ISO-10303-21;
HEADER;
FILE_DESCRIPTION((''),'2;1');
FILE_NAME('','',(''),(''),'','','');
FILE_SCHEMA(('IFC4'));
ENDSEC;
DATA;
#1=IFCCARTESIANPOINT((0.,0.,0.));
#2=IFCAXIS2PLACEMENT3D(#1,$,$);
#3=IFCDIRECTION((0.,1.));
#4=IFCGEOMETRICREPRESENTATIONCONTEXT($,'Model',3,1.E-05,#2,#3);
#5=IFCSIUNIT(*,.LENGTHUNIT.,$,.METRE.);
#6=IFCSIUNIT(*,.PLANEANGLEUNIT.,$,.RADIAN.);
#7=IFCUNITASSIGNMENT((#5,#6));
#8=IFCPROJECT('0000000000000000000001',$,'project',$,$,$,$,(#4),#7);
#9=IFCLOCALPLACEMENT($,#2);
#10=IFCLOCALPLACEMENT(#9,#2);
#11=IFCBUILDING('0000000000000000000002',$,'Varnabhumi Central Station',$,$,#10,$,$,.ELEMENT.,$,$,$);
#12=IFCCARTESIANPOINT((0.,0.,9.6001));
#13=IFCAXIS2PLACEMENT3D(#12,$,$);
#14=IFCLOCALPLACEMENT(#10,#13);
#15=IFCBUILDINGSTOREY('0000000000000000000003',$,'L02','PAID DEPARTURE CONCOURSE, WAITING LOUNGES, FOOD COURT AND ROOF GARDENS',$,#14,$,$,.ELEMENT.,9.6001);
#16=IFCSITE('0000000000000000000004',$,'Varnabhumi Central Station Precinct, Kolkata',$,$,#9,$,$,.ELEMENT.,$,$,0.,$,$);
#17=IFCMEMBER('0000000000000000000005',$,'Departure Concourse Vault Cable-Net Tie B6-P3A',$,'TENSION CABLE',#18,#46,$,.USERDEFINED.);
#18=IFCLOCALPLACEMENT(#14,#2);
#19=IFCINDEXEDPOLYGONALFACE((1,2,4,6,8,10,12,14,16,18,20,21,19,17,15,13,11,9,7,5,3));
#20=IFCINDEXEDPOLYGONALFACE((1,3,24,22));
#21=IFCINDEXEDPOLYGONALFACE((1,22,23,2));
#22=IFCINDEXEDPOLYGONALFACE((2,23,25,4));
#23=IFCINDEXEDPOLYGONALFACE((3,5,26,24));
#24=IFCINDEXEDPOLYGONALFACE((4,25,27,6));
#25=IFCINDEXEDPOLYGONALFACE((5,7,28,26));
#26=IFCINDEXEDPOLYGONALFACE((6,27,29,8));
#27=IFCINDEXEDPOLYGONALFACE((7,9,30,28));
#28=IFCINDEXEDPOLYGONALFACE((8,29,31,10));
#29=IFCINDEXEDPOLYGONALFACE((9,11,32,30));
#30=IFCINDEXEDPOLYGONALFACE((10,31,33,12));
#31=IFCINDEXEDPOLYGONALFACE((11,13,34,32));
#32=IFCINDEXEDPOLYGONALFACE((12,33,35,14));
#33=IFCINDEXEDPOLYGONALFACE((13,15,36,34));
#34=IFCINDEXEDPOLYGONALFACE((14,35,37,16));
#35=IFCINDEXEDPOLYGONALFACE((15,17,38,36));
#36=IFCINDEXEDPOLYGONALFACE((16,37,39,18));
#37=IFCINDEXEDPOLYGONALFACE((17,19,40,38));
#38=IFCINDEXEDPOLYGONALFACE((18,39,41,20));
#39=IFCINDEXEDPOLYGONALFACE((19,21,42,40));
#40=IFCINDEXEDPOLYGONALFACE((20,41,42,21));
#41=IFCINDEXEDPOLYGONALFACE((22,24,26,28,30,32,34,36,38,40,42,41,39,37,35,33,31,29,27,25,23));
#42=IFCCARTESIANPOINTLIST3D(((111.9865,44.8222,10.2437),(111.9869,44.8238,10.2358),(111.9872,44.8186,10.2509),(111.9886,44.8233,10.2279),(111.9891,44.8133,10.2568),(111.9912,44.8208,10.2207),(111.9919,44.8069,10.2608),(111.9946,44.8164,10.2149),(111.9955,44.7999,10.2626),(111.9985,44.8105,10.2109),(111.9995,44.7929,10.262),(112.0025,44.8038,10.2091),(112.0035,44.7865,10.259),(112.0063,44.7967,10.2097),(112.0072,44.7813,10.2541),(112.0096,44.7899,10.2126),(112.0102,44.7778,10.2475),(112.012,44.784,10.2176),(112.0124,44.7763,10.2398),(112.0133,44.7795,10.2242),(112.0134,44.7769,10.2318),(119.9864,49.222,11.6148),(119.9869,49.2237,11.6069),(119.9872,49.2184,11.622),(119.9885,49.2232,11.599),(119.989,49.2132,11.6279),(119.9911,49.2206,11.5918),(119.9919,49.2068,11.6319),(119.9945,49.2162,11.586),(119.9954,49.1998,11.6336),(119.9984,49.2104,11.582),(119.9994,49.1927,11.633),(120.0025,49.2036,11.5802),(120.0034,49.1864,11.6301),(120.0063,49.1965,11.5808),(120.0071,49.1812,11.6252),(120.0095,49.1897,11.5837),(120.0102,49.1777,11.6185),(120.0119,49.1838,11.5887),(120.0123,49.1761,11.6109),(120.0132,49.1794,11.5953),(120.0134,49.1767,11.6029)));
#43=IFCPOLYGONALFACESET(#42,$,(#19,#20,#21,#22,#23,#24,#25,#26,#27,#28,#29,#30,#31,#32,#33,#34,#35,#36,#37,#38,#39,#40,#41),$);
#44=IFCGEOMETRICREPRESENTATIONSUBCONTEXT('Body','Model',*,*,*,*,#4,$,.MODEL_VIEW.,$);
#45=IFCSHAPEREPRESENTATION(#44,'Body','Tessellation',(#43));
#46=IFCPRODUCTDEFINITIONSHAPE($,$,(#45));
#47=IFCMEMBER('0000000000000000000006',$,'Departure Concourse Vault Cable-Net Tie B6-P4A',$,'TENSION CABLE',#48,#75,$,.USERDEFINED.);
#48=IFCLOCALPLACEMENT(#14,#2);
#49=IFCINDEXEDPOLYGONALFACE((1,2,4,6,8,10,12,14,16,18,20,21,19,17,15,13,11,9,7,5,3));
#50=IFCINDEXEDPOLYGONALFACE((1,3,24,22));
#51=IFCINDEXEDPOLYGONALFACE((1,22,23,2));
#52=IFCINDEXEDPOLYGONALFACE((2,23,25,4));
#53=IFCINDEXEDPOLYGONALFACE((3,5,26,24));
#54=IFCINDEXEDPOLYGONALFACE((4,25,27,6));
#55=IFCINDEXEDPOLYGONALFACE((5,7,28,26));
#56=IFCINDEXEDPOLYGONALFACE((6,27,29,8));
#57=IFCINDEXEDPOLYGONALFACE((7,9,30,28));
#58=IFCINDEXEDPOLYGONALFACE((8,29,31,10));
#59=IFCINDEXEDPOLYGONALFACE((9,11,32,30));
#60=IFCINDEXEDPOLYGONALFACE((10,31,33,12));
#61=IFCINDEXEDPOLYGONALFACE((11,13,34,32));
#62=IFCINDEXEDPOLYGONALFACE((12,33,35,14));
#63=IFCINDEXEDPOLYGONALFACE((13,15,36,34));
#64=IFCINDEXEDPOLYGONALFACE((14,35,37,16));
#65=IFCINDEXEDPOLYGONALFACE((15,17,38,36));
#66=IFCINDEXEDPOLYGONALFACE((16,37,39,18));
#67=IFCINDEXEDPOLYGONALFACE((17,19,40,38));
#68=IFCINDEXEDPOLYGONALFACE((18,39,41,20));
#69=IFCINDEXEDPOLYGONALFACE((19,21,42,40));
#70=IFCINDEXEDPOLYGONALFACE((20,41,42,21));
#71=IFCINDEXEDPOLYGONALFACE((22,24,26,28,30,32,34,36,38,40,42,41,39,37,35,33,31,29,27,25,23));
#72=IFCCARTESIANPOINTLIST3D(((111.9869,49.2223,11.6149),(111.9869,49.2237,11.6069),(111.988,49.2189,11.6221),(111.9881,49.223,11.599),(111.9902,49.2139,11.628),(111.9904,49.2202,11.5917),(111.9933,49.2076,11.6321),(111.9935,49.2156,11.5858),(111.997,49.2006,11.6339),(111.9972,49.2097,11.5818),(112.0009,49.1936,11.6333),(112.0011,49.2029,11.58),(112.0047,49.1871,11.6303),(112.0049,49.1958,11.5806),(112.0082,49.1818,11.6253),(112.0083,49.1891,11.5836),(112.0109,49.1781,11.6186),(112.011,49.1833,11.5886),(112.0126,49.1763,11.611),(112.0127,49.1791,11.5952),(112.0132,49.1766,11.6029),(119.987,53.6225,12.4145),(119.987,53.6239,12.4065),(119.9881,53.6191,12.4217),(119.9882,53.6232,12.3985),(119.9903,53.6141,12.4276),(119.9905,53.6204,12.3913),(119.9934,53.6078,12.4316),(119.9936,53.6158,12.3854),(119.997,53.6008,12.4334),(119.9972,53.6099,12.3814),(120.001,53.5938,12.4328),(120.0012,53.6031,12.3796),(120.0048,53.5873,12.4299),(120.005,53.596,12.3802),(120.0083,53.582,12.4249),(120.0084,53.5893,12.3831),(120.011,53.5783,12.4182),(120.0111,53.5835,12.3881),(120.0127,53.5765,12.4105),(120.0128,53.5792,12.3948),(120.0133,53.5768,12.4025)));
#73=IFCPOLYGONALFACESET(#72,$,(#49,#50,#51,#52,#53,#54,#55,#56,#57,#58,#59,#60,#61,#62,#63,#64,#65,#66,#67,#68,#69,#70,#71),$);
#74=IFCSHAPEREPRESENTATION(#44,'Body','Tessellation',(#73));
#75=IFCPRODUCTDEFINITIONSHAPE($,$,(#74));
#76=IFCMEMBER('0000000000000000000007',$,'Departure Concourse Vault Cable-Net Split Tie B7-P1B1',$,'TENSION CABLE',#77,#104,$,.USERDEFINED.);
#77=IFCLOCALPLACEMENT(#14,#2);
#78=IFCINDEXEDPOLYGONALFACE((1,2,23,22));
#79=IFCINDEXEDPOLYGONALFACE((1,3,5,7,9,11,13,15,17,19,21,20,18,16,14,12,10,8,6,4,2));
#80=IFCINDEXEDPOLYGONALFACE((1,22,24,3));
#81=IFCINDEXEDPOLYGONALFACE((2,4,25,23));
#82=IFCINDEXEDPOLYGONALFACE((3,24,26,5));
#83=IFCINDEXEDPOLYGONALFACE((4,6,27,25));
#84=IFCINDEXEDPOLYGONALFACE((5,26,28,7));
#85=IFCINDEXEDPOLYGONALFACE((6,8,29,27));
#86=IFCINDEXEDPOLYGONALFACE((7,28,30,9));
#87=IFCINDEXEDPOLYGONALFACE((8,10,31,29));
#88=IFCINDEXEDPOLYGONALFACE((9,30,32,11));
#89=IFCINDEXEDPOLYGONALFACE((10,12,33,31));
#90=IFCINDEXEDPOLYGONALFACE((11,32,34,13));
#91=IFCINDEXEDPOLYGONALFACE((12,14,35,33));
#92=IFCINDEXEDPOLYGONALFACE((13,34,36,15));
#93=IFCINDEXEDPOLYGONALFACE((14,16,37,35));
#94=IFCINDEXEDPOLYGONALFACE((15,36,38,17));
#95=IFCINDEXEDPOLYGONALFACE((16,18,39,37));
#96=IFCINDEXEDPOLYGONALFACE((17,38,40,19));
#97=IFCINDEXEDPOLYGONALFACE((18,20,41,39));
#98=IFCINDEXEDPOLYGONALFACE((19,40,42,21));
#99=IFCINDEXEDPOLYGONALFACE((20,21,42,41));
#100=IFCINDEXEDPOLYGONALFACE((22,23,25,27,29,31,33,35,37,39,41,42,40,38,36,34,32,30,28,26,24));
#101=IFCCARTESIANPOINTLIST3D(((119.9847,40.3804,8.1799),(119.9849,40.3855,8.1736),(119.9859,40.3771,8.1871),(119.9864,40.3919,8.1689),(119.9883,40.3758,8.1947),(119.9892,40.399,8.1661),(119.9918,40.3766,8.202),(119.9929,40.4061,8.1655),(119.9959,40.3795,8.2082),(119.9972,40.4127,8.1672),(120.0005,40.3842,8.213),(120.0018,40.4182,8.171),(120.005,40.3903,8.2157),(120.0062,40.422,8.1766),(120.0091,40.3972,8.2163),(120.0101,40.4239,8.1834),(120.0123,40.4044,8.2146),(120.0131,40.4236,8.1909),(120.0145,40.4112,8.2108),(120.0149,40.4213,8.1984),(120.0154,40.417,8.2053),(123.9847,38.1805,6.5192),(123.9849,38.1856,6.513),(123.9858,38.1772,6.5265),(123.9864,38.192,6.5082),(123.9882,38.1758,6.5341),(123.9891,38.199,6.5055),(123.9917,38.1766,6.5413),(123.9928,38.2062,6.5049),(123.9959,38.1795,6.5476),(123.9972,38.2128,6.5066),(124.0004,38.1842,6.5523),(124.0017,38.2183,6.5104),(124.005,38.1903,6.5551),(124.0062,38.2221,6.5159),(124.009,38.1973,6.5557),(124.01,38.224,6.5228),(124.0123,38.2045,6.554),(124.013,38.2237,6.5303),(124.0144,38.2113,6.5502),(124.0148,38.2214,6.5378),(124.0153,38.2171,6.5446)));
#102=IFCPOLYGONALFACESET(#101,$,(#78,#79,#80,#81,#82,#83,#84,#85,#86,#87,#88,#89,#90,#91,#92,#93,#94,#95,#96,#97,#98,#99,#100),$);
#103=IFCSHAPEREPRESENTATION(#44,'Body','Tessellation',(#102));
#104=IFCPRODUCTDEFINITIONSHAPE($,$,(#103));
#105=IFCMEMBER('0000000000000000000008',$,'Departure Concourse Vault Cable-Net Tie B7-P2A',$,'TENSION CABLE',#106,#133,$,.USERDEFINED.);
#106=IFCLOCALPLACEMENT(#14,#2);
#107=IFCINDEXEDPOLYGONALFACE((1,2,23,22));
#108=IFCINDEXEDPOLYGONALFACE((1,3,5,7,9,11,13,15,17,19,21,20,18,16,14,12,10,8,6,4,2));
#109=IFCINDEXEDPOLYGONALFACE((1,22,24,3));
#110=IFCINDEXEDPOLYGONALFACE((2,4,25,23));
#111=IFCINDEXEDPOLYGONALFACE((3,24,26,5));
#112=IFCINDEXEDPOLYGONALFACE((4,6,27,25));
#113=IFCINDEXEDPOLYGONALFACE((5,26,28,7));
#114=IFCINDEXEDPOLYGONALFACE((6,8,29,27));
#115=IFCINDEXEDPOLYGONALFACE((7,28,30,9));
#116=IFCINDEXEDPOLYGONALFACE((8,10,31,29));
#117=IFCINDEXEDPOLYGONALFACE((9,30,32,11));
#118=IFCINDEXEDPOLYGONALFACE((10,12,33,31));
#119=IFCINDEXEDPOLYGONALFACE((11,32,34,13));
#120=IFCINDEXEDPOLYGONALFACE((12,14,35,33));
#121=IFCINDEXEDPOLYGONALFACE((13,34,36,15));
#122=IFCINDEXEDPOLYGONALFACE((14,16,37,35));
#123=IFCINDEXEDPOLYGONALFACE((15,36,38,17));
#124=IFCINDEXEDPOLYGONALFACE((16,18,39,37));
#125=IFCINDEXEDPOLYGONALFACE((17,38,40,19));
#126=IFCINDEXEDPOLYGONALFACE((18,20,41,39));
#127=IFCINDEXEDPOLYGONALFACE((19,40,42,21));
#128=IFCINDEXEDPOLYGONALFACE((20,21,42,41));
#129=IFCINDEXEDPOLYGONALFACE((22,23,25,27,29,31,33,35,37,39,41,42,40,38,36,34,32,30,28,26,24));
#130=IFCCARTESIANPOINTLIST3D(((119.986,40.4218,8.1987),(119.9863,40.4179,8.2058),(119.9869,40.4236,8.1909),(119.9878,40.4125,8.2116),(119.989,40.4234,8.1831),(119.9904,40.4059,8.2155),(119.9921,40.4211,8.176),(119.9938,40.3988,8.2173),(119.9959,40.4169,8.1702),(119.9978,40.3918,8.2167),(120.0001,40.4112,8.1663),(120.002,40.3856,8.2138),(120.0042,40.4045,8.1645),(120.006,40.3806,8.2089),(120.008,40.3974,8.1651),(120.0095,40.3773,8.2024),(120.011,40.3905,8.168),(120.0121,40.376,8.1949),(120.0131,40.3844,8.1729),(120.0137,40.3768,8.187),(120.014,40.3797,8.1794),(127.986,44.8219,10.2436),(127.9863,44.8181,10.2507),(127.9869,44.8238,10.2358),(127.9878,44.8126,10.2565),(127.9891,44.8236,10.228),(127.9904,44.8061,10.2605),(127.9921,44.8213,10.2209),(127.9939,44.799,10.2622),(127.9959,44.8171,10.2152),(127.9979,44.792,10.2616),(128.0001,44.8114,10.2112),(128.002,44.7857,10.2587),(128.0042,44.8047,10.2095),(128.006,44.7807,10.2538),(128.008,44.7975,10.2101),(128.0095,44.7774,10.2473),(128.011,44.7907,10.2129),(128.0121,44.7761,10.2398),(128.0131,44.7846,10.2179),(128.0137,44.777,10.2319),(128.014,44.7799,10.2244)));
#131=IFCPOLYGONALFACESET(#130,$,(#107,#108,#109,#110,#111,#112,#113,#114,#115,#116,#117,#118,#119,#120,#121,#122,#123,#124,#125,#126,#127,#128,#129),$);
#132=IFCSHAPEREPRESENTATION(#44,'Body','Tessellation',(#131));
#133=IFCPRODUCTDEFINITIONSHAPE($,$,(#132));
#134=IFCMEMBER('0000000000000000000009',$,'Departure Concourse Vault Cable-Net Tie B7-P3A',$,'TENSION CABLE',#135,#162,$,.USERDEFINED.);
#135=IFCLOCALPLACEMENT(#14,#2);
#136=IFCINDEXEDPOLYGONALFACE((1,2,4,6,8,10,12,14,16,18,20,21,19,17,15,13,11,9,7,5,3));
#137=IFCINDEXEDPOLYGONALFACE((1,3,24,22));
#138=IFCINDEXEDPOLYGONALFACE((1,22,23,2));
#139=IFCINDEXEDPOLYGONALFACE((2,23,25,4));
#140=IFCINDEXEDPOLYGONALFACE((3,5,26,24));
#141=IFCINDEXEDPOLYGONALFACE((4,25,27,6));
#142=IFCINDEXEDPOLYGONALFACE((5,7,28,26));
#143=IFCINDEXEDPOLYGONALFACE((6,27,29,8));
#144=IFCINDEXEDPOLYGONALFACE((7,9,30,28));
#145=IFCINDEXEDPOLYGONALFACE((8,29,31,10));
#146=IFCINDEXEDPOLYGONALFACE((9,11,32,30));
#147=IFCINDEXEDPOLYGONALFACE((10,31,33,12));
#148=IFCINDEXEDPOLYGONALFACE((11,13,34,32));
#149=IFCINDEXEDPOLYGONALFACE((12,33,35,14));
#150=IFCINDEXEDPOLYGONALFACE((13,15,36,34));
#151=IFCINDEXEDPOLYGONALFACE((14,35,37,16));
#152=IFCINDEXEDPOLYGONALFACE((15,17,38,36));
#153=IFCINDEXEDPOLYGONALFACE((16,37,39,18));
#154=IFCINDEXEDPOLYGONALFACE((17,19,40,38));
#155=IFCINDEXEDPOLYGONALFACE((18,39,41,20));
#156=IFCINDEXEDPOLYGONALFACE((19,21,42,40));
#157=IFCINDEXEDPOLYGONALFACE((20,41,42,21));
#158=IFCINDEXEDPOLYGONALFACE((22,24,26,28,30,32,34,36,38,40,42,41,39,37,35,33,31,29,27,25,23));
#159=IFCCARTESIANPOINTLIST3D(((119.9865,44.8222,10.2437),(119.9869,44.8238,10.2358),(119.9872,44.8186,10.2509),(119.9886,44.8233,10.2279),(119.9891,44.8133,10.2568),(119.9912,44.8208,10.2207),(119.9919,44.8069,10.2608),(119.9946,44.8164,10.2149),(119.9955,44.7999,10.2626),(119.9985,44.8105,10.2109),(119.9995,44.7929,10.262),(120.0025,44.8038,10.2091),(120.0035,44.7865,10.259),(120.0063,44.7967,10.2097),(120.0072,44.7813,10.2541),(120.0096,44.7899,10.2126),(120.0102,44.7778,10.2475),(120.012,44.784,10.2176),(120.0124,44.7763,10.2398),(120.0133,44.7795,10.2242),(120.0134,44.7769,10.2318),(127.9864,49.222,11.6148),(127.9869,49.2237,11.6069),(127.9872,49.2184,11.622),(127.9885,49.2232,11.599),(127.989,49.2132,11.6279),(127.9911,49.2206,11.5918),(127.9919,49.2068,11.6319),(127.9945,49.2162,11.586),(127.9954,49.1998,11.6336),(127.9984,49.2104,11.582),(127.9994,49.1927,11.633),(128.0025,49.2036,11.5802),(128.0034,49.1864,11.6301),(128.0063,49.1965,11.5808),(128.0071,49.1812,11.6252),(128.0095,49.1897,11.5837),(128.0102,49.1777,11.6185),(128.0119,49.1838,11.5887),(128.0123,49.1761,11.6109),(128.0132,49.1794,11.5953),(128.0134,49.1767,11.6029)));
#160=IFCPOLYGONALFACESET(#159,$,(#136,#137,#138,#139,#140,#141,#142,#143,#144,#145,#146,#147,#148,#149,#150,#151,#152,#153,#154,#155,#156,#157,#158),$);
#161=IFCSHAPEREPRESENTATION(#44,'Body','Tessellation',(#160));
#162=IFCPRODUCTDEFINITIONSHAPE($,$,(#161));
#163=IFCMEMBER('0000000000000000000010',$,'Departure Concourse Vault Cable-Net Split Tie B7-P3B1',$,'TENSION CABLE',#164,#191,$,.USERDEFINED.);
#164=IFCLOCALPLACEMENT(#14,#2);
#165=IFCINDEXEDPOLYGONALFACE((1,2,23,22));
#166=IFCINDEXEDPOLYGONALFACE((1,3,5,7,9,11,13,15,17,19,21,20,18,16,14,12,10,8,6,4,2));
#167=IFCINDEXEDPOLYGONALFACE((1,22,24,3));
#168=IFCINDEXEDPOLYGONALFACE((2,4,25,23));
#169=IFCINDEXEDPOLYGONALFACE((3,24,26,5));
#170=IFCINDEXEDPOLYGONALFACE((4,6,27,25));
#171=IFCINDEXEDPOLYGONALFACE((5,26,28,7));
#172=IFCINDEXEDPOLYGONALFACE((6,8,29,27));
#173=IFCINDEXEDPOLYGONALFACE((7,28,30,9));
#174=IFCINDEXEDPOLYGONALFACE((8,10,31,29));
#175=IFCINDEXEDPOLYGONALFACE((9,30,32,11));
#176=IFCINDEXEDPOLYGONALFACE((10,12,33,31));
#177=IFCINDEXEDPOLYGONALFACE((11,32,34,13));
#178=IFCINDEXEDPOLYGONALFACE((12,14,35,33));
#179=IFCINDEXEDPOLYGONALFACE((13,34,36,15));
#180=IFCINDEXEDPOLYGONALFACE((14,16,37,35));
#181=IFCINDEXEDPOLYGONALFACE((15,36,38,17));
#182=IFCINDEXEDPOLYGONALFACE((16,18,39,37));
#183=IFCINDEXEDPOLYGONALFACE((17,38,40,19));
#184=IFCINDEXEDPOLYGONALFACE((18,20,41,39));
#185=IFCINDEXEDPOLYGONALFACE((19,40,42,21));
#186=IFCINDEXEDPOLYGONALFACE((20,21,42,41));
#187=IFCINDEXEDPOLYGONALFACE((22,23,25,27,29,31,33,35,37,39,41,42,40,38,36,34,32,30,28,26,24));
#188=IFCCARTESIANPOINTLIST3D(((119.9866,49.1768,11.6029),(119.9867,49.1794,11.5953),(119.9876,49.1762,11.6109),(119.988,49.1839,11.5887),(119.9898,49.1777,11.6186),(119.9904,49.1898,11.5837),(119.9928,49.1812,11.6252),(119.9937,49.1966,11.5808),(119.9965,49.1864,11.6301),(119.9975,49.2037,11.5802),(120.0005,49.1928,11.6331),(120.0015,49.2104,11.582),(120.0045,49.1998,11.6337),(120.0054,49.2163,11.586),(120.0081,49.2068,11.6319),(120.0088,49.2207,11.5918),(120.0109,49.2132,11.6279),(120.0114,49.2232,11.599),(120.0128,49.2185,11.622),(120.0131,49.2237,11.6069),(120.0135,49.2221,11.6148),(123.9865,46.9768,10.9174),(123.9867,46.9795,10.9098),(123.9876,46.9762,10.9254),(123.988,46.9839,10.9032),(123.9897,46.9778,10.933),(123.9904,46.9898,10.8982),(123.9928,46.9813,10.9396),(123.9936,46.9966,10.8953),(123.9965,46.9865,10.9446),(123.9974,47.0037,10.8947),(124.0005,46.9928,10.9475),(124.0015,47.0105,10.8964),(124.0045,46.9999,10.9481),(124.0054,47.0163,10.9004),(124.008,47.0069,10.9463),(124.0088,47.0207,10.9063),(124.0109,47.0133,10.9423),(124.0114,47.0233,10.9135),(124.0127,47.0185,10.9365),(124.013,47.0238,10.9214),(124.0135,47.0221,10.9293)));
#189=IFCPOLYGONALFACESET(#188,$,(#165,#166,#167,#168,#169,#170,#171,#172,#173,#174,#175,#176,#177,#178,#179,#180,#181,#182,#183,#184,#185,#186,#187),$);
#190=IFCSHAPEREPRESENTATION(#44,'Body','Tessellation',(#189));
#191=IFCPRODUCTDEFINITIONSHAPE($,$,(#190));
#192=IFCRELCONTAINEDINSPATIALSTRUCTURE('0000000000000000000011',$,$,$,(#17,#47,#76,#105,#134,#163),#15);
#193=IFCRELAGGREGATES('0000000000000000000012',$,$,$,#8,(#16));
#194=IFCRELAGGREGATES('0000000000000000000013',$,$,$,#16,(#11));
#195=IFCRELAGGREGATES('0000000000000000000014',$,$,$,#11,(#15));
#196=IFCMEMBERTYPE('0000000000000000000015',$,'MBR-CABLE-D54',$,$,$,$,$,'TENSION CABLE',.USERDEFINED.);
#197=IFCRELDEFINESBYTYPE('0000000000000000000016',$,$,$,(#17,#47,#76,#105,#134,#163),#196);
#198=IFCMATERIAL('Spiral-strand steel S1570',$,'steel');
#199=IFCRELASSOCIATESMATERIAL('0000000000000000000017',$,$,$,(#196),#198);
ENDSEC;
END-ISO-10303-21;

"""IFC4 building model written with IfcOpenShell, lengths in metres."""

from ifc_helpers import new_model, si_unit, direction, frame, origin, origin_2d, place, context, subcontext, project, spatial, circle, extrude, material, material_profile, profile_set, type_object, element, save


model = new_model("IFC4")

# Units and contexts
model_context = context("Model", 3, precision=1e-05, world=origin(), true_north=direction((0.0, 1.0)))
body_context = subcontext(model_context, "Body", "Model", "MODEL_VIEW")
ifc_project = project(units=[si_unit("LENGTHUNIT", "METRE"), si_unit("PLANEANGLEUNIT", "RADIAN")], contexts=[model_context])

# Site, building, storey
site_placement = place(None, origin())
site = spatial("IfcSite", under=ifc_project, at=site_placement, Name="Varnabhumi Central Station Precinct, Kolkata", CompositionType="ELEMENT", RefElevation=0.0)
building_placement = place(site_placement, origin())
building = spatial("IfcBuilding", under=site, at=building_placement, Name="Varnabhumi Central Station", CompositionType="ELEMENT")
storey_placement = place(building_placement, frame((0.0, 0.0, 9.6001)))
storey = spatial("IfcBuildingStorey", under=building, at=storey_placement, Name="L02", Description="PAID DEPARTURE CONCOURSE, WAITING LOUNGES, FOOD COURT AND ROOF GARDENS", CompositionType="ELEMENT", Elevation=9.6001)

# Members
ifc_material_1 = material(Name="Spiral-strand steel S1570", Category="steel")
ifc_material_profile_1 = material_profile(ifc_material_1, circle(Radius=0.0271, at=origin_2d()), Name="Spiral-strand steel S1570", Category="steel")
ifc_profile_set_1 = profile_set([ifc_material_profile_1], Name="Spiral-strand steel S1570")
member_type = type_object("IfcMemberType", Name="MBR-CABLE-D54", ElementType="TENSION CABLE", PredefinedType="USERDEFINED", material=ifc_profile_set_1)
member_1_placement = place(storey_placement, frame((112.0, 44.8, 10.2358), z_axis=(0.866504, 0.476567, 0.148507), x_axis=(-0.481911, 0.87622, 0.0)))
element("IfcMember", 1, at=member_1_placement, inside=storey, type_object=member_type, Name="Departure Concourse Vault Cable-Net Tie B6-P3A", ObjectType="TENSION CABLE", PredefinedType="USERDEFINED", context=body_context, shape_type="SweptSolid", body=[
    extrude(circle(Radius=0.0271, at=origin_2d()), origin(), (0.0, 0.0, 1.0), 9.2324),
])
member_2_placement = place(storey_placement, frame((112.0, 49.2, 11.6069), z_axis=(0.872869, 0.480094, 0.087239), x_axis=(-0.481931, 0.876209, 0.0)))
element("IfcMember", 2, at=member_2_placement, inside=storey, type_object=member_type, Name="Departure Concourse Vault Cable-Net Tie B6-P4A", ObjectType="TENSION CABLE", PredefinedType="USERDEFINED", context=body_context, shape_type="SweptSolid", body=[
    extrude(circle(Radius=0.0271, at=origin_2d()), origin(), (0.0, 0.0, 1.0), 9.1653),
])
member_3_placement = place(storey_placement, frame((120.0, 40.3999, 8.1909), z_axis=(0.82343, -0.452877, -0.341856), x_axis=(0.481911, 0.87622, 0.0)))
element("IfcMember", 3, at=member_3_placement, inside=storey, type_object=member_type, Name="Departure Concourse Vault Cable-Net Split Tie B7-P1B1", ObjectType="TENSION CABLE", PredefinedType="USERDEFINED", context=body_context, shape_type="SweptSolid", body=[
    extrude(circle(Radius=0.0271, at=origin_2d()), origin(), (0.0, 0.0, 1.0), 4.8577),
])
member_4_placement = place(storey_placement, frame((120.0, 40.3999, 8.1909), z_axis=(0.855026, 0.47028, 0.218558), x_axis=(-0.481931, 0.876209, 0.0)))
element("IfcMember", 4, at=member_4_placement, inside=storey, type_object=member_type, Name="Departure Concourse Vault Cable-Net Tie B7-P2A", ObjectType="TENSION CABLE", PredefinedType="USERDEFINED", context=body_context, shape_type="SweptSolid", body=[
    extrude(circle(Radius=0.0271, at=origin_2d()), origin(), (0.0, 0.0, 1.0), 9.3564),
])
member_5_placement = place(storey_placement, frame((120.0, 44.8, 10.2358), z_axis=(0.866504, 0.476567, 0.148507), x_axis=(-0.481911, 0.87622, 0.0)))
element("IfcMember", 5, at=member_5_placement, inside=storey, type_object=member_type, Name="Departure Concourse Vault Cable-Net Tie B7-P3A", ObjectType="TENSION CABLE", PredefinedType="USERDEFINED", context=body_context, shape_type="SweptSolid", body=[
    extrude(circle(Radius=0.0271, at=origin_2d()), origin(), (0.0, 0.0, 1.0), 9.2324),
])
member_6_placement = place(storey_placement, frame((120.0, 49.2, 11.6069), z_axis=(0.866504, -0.476567, -0.148507), x_axis=(0.481911, 0.87622, 0.0)))
element("IfcMember", 6, at=member_6_placement, inside=storey, type_object=member_type, Name="Departure Concourse Vault Cable-Net Split Tie B7-P3B1", ObjectType="TENSION CABLE", PredefinedType="USERDEFINED", context=body_context, shape_type="SweptSolid", body=[
    extrude(circle(Radius=0.0271, at=origin_2d()), origin(), (0.0, 0.0, 1.0), 4.6162),
])

save(model, "model.ifc")
